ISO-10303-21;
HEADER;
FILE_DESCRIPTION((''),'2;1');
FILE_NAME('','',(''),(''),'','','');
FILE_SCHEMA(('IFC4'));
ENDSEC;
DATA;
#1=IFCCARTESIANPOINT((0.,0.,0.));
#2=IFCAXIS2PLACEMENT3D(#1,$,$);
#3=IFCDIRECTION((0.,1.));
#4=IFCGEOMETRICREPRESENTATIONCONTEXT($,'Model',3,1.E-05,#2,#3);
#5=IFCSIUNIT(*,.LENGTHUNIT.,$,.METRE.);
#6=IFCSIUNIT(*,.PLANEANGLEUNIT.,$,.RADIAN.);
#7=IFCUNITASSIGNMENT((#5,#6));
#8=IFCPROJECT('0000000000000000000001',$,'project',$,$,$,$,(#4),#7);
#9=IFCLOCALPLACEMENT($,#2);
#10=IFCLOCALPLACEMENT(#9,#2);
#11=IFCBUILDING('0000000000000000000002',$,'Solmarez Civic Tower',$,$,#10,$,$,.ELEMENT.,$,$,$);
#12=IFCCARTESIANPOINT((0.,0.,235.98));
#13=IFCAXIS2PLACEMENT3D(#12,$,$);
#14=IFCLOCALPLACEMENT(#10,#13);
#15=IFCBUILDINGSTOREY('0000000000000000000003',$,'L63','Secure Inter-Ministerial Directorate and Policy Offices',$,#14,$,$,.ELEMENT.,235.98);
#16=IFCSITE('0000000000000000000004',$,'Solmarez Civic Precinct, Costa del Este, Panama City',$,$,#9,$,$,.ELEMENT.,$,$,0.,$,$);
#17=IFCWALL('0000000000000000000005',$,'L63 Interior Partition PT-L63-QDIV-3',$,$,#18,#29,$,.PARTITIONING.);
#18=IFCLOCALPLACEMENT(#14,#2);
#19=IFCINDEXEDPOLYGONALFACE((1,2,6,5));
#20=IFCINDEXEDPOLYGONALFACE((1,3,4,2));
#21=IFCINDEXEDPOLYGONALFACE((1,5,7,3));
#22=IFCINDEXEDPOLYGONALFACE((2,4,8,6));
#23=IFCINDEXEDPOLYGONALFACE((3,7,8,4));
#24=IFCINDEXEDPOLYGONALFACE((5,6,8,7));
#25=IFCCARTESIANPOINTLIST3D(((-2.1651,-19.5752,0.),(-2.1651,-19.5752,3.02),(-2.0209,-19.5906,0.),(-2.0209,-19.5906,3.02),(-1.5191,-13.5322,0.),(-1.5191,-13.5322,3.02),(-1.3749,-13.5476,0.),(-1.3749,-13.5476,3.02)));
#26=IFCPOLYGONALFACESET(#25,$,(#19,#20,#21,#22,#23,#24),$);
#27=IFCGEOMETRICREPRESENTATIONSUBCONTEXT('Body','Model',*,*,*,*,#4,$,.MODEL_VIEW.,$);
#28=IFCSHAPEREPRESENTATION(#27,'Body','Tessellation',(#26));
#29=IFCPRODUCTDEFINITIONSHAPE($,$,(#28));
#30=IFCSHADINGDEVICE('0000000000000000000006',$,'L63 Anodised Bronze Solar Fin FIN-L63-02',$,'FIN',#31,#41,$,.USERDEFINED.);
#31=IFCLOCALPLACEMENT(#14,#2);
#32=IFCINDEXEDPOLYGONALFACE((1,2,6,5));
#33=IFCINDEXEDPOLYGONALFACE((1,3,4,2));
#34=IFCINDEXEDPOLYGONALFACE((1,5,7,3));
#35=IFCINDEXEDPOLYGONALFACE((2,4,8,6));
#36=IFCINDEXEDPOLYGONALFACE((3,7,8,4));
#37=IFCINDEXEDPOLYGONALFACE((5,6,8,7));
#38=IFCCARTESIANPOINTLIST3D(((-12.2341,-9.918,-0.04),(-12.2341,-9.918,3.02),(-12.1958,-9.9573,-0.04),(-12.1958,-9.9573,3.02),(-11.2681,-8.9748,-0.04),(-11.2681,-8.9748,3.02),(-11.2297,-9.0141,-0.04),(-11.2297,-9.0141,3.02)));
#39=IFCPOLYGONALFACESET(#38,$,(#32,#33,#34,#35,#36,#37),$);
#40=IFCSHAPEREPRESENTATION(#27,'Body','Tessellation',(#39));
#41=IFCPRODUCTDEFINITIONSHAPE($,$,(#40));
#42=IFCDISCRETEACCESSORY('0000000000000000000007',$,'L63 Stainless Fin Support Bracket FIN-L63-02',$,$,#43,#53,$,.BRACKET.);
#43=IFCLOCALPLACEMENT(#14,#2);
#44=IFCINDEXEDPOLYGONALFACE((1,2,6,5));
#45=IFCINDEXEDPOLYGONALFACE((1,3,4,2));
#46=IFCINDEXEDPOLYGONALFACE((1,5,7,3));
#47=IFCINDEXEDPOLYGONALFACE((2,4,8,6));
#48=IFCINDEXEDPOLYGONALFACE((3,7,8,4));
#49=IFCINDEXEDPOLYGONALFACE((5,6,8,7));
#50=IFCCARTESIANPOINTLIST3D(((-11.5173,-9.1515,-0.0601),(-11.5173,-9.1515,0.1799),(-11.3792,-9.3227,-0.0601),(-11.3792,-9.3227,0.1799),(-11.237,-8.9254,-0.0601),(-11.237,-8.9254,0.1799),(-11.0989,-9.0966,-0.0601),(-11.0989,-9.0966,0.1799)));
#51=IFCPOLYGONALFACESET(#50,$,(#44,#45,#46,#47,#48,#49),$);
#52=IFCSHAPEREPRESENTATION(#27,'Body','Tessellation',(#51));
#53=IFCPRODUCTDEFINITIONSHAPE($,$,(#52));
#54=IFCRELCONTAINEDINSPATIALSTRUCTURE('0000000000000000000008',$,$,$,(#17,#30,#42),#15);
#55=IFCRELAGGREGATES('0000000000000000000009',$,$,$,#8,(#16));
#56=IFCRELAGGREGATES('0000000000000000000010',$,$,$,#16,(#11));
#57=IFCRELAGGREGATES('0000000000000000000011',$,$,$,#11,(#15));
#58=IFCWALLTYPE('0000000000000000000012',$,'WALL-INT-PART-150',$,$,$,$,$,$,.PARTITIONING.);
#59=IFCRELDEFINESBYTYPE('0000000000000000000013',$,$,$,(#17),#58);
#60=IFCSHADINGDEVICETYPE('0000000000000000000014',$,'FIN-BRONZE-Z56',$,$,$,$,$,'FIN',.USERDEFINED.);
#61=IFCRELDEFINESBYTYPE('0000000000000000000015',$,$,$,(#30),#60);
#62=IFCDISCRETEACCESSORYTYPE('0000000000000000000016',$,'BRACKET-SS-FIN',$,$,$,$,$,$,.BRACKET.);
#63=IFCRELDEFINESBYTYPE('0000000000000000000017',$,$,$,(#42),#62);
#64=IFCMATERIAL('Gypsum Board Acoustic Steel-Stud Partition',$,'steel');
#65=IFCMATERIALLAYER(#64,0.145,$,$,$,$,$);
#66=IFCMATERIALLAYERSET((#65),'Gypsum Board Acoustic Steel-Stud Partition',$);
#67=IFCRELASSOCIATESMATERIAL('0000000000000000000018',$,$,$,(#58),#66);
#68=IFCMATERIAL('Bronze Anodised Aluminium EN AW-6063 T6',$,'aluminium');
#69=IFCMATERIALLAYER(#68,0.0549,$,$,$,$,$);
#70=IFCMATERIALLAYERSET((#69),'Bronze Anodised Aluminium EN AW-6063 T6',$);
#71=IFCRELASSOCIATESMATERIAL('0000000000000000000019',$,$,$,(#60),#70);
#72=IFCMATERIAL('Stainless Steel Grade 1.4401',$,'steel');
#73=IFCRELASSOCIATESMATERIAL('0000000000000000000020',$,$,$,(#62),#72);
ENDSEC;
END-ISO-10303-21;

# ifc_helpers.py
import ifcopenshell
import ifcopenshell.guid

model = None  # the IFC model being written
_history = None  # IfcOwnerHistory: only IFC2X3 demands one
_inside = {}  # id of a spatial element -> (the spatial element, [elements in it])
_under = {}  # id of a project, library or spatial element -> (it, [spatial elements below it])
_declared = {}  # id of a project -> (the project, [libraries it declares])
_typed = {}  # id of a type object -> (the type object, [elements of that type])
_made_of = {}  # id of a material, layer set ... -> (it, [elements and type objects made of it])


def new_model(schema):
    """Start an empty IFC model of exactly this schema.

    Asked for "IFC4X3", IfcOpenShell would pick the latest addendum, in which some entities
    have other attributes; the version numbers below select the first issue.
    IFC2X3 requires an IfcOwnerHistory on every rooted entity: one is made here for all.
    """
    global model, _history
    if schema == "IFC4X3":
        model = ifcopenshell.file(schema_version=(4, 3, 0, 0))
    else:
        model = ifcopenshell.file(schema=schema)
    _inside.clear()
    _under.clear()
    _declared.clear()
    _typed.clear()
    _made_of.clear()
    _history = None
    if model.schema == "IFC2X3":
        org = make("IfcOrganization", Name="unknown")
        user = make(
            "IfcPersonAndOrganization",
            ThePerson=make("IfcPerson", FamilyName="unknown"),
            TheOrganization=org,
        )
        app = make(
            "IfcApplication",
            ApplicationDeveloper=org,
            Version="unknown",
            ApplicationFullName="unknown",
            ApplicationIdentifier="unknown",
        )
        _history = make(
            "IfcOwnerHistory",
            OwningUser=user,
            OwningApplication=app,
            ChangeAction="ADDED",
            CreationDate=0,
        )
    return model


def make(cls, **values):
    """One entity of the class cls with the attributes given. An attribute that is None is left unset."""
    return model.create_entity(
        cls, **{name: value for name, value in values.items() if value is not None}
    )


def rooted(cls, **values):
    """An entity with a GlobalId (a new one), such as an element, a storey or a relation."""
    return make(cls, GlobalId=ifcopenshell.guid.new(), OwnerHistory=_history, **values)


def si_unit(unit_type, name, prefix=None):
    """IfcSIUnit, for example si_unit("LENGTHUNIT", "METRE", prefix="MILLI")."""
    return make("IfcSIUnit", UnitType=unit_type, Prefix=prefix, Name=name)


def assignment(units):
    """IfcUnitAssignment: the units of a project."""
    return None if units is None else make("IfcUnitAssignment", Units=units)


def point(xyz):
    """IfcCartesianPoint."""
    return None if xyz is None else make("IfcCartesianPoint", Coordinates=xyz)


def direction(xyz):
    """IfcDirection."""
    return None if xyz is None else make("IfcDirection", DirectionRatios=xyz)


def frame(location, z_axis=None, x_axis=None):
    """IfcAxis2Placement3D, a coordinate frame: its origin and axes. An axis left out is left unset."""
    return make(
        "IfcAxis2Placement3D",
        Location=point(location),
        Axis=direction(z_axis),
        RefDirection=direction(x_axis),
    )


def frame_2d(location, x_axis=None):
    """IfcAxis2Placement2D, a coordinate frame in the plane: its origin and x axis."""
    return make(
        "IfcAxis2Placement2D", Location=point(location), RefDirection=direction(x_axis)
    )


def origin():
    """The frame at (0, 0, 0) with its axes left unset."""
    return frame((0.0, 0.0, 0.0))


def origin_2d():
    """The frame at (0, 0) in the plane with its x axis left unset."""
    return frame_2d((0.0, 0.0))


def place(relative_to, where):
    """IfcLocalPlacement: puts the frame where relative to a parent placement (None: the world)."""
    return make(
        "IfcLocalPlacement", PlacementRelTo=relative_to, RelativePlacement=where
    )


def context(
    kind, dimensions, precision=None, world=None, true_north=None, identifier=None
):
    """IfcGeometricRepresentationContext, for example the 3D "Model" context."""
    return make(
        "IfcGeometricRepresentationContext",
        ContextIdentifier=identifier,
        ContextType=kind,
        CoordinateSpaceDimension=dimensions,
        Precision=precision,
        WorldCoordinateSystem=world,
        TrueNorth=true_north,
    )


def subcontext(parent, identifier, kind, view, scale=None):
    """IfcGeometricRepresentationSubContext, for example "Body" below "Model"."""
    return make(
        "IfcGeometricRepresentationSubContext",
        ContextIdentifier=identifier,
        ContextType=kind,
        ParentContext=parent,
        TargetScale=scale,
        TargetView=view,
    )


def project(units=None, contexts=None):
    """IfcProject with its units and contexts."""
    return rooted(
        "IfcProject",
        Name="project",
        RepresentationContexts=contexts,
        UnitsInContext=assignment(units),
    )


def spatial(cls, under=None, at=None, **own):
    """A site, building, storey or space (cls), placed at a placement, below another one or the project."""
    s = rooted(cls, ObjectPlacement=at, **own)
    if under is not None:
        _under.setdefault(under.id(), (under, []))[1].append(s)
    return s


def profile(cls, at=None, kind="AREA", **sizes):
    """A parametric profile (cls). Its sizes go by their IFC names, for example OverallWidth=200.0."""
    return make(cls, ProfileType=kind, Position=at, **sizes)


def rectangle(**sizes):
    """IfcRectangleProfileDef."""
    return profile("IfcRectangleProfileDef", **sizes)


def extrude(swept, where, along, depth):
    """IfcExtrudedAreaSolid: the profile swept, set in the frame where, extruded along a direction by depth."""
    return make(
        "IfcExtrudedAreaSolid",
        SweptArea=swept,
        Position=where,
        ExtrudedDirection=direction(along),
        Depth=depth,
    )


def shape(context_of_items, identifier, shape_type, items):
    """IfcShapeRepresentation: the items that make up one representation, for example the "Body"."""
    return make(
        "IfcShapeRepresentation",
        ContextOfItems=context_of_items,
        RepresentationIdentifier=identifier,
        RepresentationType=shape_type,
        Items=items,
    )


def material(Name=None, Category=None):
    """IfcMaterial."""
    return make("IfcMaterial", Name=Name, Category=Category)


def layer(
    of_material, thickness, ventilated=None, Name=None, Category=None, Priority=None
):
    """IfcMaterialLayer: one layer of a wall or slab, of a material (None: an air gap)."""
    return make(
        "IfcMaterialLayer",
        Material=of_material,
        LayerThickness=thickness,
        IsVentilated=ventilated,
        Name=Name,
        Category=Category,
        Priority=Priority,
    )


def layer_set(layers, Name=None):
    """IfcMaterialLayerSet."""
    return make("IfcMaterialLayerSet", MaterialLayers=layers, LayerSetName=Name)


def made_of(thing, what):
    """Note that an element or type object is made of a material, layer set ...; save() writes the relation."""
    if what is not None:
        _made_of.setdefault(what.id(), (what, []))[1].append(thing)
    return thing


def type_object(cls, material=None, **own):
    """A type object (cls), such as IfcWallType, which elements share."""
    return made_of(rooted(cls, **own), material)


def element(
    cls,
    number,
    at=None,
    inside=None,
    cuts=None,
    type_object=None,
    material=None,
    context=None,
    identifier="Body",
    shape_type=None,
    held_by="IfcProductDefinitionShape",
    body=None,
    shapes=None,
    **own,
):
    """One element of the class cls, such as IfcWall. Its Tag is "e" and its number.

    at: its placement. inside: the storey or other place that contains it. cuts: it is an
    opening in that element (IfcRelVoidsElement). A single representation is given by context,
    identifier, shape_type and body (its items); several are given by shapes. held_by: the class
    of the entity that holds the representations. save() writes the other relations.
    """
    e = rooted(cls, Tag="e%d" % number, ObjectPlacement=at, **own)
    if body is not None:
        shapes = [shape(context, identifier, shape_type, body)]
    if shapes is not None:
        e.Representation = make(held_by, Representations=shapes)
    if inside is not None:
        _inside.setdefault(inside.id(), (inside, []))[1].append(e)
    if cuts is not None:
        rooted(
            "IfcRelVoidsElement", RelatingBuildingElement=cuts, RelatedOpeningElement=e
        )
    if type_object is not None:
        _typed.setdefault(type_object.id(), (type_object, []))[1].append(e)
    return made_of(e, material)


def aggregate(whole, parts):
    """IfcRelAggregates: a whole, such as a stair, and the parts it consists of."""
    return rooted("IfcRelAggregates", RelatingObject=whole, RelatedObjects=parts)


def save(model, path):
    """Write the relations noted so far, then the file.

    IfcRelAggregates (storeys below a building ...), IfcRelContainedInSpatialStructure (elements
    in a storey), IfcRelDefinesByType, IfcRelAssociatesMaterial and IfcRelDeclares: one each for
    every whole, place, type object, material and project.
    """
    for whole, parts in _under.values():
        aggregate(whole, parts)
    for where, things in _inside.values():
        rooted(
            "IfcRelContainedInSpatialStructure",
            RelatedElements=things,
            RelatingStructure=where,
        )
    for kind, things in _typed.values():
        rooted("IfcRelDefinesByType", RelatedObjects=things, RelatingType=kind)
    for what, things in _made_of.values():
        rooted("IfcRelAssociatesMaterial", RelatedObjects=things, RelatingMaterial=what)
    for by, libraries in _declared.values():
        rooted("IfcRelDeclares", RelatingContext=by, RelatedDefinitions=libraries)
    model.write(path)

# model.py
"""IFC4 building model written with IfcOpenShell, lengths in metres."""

from ifc_helpers import new_model, si_unit, direction, frame, frame_2d, origin, origin_2d, place, context, subcontext, project, spatial, rectangle, extrude, material, layer, layer_set, type_object, element, save


model = new_model("IFC4")

# Units and contexts
model_context = context("Model", 3, precision=1e-05, world=origin(), true_north=direction((0.0, 1.0)))
body_context = subcontext(model_context, "Body", "Model", "MODEL_VIEW")
ifc_project = project(units=[si_unit("LENGTHUNIT", "METRE"), si_unit("PLANEANGLEUNIT", "RADIAN")], contexts=[model_context])

# Site, building, storey
site_placement = place(None, origin())
site = spatial("IfcSite", under=ifc_project, at=site_placement, Name="Solmarez Civic Precinct, Costa del Este, Panama City", CompositionType="ELEMENT", RefElevation=0.0)
building_placement = place(site_placement, origin())
building = spatial("IfcBuilding", under=site, at=building_placement, Name="Solmarez Civic Tower", CompositionType="ELEMENT")
storey_placement = place(building_placement, frame((0.0, 0.0, 235.98)))
storey = spatial("IfcBuildingStorey", under=building, at=storey_placement, Name="L63", Description="Secure Inter-Ministerial Directorate and Policy Offices", CompositionType="ELEMENT", Elevation=235.98)

# Shared definitions
ifc_material_1 = material(Name="Bronze Anodised Aluminium EN AW-6063 T6", Category="aluminium")

# Wall
ifc_material_2 = material(Name="Gypsum Board Acoustic Steel-Stud Partition", Category="steel")
ifc_layer_1 = layer(ifc_material_2, 0.145)
ifc_layer_set_1 = layer_set([ifc_layer_1], Name="Gypsum Board Acoustic Steel-Stud Partition")
wall_type_1 = type_object("IfcWallType", Name="WALL-INT-PART-150", PredefinedType="PARTITIONING", material=ifc_layer_set_1)
wall_1_placement = place(storey_placement, frame((-1.447, -13.54, 0.0), z_axis=(0.0, 0.0, 1.0), x_axis=(-0.106295, -0.994335, 0.0)))
element("IfcWall", 1, at=wall_1_placement, inside=storey, type_object=wall_type_1, Name="L63 Interior Partition PT-L63-QDIV-3", PredefinedType="PARTITIONING", context=body_context, shape_type="SweptSolid", body=[
    extrude(rectangle(XDim=6.0774, YDim=0.145, at=frame_2d((3.0386, 0.0))), origin(), (0.0, 0.0, 1.0), 3.02),
])

# Shading device
ifc_layer_2 = layer(ifc_material_1, 0.0549)
ifc_layer_set_2 = layer_set([ifc_layer_2], Name="Bronze Anodised Aluminium EN AW-6063 T6")
shading_device_type = type_object("IfcShadingDeviceType", Name="FIN-BRONZE-Z56", ElementType="FIN", PredefinedType="USERDEFINED", material=ifc_layer_set_2)
shading_device_placement = place(storey_placement, frame((-11.7319, -9.4661, -0.04), z_axis=(0.0, 0.0, 1.0), x_axis=(-0.715534, -0.698578, 0.0)))
element("IfcShadingDevice", 2, at=shading_device_placement, inside=storey, type_object=shading_device_type, Name="L63 Anodised Bronze Solar Fin FIN-L63-02", ObjectType="FIN", PredefinedType="USERDEFINED", context=body_context, shape_type="SweptSolid", body=[
    extrude(rectangle(XDim=1.3501, YDim=0.0549, at=origin_2d()), origin(), (0.0, 0.0, 1.0), 3.0601),
])

# Discrete accessory
ifc_material_3 = material(Name="Stainless Steel Grade 1.4401", Category="steel")
discrete_accessory_type = type_object("IfcDiscreteAccessoryType", Name="BRACKET-SS-FIN", PredefinedType="BRACKET", material=ifc_material_3)
discrete_accessory_placement = place(storey_placement, frame((-11.3081, -9.124, -0.0601), z_axis=(0.0, 0.0, 1.0), x_axis=(-0.778256, -0.627947, 0.0)))
element("IfcDiscreteAccessory", 3, at=discrete_accessory_placement, inside=storey, type_object=discrete_accessory_type, Name="L63 Stainless Fin Support Bracket FIN-L63-02", PredefinedType="BRACKET", context=body_context, shape_type="SweptSolid", body=[
    extrude(rectangle(XDim=0.3601, YDim=0.22, at=origin_2d()), origin(), (0.0, 0.0, 1.0), 0.24),
])

save(model, "model.ifc")
